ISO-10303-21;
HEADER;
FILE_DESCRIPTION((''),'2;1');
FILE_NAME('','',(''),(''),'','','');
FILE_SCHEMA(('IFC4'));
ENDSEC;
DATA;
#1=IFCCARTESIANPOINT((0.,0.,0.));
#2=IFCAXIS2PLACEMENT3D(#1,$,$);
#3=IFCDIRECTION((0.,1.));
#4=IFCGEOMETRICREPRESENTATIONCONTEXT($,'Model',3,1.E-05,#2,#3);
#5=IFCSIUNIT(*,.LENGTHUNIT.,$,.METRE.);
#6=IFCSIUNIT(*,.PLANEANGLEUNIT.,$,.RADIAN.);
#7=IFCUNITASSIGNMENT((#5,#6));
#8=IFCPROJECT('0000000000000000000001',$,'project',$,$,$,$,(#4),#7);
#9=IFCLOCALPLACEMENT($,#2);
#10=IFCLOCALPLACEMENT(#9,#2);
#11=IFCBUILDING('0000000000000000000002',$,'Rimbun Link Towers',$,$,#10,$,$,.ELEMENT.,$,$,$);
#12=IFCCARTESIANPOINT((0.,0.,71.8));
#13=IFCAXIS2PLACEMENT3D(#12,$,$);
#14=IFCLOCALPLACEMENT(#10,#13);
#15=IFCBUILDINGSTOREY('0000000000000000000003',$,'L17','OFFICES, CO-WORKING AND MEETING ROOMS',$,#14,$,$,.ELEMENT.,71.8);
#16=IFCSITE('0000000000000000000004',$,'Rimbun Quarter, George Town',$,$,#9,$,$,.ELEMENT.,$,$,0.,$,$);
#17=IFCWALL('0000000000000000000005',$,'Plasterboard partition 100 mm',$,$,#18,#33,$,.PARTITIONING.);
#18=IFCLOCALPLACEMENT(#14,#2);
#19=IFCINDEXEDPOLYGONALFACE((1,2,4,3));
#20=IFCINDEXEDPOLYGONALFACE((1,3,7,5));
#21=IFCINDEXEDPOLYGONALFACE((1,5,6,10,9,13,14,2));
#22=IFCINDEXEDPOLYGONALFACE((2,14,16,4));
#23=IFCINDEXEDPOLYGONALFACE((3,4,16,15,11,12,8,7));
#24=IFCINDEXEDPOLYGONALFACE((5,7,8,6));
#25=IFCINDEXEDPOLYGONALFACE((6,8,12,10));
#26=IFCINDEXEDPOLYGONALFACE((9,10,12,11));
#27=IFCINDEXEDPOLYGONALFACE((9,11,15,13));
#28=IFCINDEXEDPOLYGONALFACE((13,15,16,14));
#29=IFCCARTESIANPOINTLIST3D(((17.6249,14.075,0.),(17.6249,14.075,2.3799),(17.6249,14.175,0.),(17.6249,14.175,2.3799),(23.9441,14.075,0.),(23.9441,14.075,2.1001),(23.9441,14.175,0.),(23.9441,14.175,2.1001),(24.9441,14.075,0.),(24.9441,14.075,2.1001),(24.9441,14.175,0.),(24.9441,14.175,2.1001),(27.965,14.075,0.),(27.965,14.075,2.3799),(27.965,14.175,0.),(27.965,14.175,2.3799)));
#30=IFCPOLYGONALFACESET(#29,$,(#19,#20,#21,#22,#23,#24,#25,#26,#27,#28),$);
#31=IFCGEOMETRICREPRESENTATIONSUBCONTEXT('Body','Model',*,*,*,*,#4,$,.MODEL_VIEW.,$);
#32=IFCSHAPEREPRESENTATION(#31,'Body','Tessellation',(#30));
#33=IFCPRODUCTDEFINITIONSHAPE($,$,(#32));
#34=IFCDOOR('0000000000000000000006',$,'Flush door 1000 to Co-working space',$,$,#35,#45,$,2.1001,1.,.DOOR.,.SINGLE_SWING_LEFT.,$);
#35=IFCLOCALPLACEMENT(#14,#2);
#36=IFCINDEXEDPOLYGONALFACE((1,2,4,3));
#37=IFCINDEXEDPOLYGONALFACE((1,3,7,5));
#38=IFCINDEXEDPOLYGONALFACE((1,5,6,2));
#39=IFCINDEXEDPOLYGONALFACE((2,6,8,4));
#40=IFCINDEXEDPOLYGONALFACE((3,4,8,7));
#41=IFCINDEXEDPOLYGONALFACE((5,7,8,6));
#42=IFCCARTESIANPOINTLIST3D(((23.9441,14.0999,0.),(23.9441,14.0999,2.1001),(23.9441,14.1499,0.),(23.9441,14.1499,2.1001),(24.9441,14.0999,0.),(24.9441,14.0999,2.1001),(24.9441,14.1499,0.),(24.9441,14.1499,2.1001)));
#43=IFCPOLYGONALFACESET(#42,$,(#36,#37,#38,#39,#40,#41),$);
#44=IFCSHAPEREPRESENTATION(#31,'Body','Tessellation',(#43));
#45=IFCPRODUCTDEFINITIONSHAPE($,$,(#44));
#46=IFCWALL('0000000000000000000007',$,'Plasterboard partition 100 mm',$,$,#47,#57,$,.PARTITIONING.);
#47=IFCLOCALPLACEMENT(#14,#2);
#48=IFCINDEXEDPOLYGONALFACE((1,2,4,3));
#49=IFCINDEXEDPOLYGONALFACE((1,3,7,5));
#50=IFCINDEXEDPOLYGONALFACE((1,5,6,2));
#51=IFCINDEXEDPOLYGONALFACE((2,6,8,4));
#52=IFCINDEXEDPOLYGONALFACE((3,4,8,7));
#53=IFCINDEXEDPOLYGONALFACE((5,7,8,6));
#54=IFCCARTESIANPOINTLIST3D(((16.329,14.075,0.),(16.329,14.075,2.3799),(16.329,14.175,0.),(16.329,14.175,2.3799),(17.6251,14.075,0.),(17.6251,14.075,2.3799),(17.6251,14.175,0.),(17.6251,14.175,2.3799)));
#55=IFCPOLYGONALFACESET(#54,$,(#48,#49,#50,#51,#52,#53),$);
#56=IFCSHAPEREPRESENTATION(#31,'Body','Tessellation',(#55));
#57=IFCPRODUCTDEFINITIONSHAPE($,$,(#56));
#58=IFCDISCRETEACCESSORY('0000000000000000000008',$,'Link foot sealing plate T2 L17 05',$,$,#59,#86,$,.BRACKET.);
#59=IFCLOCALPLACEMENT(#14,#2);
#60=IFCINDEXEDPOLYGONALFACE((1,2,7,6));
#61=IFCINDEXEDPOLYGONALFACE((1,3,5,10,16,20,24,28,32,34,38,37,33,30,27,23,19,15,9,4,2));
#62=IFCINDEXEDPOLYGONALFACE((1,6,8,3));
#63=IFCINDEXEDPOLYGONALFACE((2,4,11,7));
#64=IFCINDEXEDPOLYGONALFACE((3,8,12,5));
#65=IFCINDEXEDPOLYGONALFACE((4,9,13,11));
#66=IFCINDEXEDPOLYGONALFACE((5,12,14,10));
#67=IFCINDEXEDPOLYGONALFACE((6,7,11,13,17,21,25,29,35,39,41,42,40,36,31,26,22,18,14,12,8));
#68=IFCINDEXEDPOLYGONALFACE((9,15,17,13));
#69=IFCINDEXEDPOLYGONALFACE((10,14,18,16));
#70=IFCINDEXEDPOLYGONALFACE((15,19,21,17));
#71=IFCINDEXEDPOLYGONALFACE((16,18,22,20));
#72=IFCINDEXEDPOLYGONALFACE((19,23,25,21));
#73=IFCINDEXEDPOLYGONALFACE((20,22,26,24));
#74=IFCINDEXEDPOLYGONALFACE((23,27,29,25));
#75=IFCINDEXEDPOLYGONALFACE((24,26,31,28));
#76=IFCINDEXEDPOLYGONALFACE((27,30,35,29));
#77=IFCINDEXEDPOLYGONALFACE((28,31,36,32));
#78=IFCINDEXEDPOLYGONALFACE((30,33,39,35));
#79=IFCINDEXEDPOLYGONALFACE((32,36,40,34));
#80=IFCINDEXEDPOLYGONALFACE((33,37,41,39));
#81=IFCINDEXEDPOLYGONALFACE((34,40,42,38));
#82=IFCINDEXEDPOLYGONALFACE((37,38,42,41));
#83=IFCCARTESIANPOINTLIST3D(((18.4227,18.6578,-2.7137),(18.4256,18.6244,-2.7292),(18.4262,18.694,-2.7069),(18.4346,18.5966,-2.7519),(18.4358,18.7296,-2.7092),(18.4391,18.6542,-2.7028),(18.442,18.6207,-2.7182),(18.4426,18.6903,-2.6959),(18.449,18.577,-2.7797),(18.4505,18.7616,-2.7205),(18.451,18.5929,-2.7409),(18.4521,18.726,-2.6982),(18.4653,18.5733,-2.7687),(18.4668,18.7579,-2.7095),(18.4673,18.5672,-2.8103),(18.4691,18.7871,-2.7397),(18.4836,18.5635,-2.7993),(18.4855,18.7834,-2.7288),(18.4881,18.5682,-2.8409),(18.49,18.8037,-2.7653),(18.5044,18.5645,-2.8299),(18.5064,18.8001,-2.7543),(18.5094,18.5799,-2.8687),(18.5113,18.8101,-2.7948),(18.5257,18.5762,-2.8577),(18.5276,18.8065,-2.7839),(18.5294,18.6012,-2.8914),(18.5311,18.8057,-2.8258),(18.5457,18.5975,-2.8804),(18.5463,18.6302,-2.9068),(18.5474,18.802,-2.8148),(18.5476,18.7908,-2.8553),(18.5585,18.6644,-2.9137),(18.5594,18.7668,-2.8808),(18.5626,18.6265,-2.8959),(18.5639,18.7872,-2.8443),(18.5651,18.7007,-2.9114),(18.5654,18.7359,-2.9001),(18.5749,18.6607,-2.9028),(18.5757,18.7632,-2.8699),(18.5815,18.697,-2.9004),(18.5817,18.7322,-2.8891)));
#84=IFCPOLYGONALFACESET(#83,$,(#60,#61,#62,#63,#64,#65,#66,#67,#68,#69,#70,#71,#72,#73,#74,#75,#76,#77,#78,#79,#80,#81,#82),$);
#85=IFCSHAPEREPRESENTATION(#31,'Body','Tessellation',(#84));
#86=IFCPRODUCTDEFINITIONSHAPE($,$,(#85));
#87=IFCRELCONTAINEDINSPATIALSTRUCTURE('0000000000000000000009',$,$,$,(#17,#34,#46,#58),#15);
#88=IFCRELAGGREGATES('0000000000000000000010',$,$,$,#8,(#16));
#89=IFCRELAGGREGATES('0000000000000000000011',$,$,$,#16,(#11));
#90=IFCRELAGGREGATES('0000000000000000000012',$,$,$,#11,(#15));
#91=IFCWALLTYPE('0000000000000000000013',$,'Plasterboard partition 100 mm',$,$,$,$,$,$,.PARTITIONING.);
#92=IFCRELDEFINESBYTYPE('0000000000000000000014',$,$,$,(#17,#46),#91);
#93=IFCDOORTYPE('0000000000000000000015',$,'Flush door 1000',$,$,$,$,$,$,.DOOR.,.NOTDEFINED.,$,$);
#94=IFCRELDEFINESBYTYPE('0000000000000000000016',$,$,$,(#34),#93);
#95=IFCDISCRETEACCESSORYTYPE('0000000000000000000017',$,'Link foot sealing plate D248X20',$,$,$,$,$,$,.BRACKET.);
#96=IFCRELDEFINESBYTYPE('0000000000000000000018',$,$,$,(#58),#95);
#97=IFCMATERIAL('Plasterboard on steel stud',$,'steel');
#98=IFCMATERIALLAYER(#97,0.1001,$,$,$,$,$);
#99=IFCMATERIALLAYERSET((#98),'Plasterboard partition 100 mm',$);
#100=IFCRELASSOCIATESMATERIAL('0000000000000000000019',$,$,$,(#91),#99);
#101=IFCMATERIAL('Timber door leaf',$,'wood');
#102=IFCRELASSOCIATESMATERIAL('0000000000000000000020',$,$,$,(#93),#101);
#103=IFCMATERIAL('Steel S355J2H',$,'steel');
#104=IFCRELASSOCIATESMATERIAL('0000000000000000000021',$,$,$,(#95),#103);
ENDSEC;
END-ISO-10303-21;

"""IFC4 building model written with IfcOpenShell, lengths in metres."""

from ifc_helpers import new_model, si_unit, direction, frame, frame_2d, origin, origin_2d, place, context, subcontext, project, spatial, rectangle, circle, extrude, material, layer, layer_set, material_profile, profile_set, type_object, element, fill, save


model = new_model("IFC4")

# Units and contexts
model_context = context("Model", 3, precision=1e-05, world=origin(), true_north=direction((0.0, 1.0)))
body_context = subcontext(model_context, "Body", "Model", "MODEL_VIEW")
ifc_project = project(units=[si_unit("LENGTHUNIT", "METRE"), si_unit("PLANEANGLEUNIT", "RADIAN")], contexts=[model_context])

# Site, building, storey
site_placement = place(None, origin())
site = spatial("IfcSite", under=ifc_project, at=site_placement, Name="Rimbun Quarter, George Town", CompositionType="ELEMENT", RefElevation=0.0)
building_placement = place(site_placement, origin())
building = spatial("IfcBuilding", under=site, at=building_placement, Name="Rimbun Link Towers", CompositionType="ELEMENT")
storey_placement = place(building_placement, frame((0.0, 0.0, 71.8)))
storey = spatial("IfcBuildingStorey", under=building, at=storey_placement, Name="L17", Description="OFFICES, CO-WORKING AND MEETING ROOMS", CompositionType="ELEMENT", Elevation=71.8)

# Wall, opening, door
ifc_material_1 = material(Name="Plasterboard on steel stud", Category="steel")
ifc_layer_1 = layer(ifc_material_1, 0.1001)
ifc_layer_set_1 = layer_set([ifc_layer_1], Name="Plasterboard partition 100 mm")
wall_type_1 = type_object("IfcWallType", Name="Plasterboard partition 100 mm", PredefinedType="PARTITIONING", material=ifc_layer_set_1)
wall_1_placement = place(storey_placement, frame((17.625, 14.125, 0.0), z_axis=(0.0, 0.0, 1.0), x_axis=(1.0, 0.0, 0.0)))
wall_1 = element("IfcWall", 1, at=wall_1_placement, inside=storey, type_object=wall_type_1, Name="Plasterboard partition 100 mm", PredefinedType="PARTITIONING", context=body_context, shape_type="SweptSolid", body=[
    extrude(rectangle(XDim=10.3401, YDim=0.1001, at=frame_2d((5.1699, 0.0))), origin(), (0.0, 0.0, 1.0), 2.3799),
])
opening_1_placement = place(wall_1_placement, frame((6.3191, 0.0, 0.0)))
opening_1 = element("IfcOpeningElement", 2, at=opening_1_placement, cuts=wall_1, PredefinedType="OPENING", context=body_context, shape_type="SweptSolid", body=[
    extrude(rectangle(XDim=1.0, YDim=2.1001, at=frame_2d((0.5, 1.05))), frame((0.0, 0.0601, 0.0), z_axis=(0.0, -1.0, 0.0), x_axis=(1.0, 0.0, 0.0)), (0.0, 0.0, 1.0), 0.1201),
])
ifc_material_2 = material(Name="Timber door leaf", Category="wood")
door_type_1 = type_object("IfcDoorType", Name="Flush door 1000", OperationType="NOTDEFINED", PredefinedType="DOOR", material=ifc_material_2)
door_1_placement = place(opening_1_placement, origin())
door_1 = element("IfcDoor", 3, at=door_1_placement, inside=storey, type_object=door_type_1, Name="Flush door 1000 to Co-working space", OperationType="SINGLE_SWING_LEFT", OverallHeight=2.1001, OverallWidth=1.0, PredefinedType="DOOR", context=body_context, shape_type="SweptSolid", body=[
    extrude(rectangle(XDim=1.0, YDim=2.1001, at=frame_2d((0.5, 1.05))), frame((0.0, 0.0249, 0.0), z_axis=(0.0, -1.0, 0.0), x_axis=(1.0, 0.0, 0.0)), (0.0, 0.0, 1.0), 0.05),
])
fill(opening_1, door_1)

# Wall
wall_2_placement = place(storey_placement, frame((17.625, 14.125, 0.0), z_axis=(0.0, 0.0, 1.0), x_axis=(-1.0, 0.0, 0.0)))
element("IfcWall", 4, at=wall_2_placement, inside=storey, type_object=wall_type_1, Name="Plasterboard partition 100 mm", PredefinedType="PARTITIONING", context=body_context, shape_type="SweptSolid", body=[
    extrude(rectangle(XDim=1.2961, YDim=0.1001, at=frame_2d((0.6479, 0.0))), origin(), (0.0, 0.0, 1.0), 2.3799),
])

# Discrete accessory
ifc_material_3 = material(Name="Steel S355J2H", Category="steel")
ifc_material_profile_1 = material_profile(ifc_material_3, circle(Radius=0.124, at=origin_2d()), Name="PL D248")
ifc_profile_set_1 = profile_set([ifc_material_profile_1], Name="Steel S355J2H")
discrete_accessory_type = type_object("IfcDiscreteAccessoryType", Name="Link foot sealing plate D248X20", PredefinedType="BRACKET", material=ifc_profile_set_1)
discrete_accessory_placement = place(storey_placement, frame((18.5107, 18.6846, -2.7993), z_axis=(-0.816163, 0.182723, -0.548169), x_axis=(-0.218472, -0.975843, 0.0)))
element("IfcDiscreteAccessory", 5, at=discrete_accessory_placement, inside=storey, type_object=discrete_accessory_type, Name="Link foot sealing plate T2 L17 05", PredefinedType="BRACKET", context=body_context, shape_type="SweptSolid", body=[
    extrude(circle(Radius=0.124, at=origin_2d()), origin(), (0.0, 0.0, 1.0), 0.02),
])

save(model, "model.ifc")
